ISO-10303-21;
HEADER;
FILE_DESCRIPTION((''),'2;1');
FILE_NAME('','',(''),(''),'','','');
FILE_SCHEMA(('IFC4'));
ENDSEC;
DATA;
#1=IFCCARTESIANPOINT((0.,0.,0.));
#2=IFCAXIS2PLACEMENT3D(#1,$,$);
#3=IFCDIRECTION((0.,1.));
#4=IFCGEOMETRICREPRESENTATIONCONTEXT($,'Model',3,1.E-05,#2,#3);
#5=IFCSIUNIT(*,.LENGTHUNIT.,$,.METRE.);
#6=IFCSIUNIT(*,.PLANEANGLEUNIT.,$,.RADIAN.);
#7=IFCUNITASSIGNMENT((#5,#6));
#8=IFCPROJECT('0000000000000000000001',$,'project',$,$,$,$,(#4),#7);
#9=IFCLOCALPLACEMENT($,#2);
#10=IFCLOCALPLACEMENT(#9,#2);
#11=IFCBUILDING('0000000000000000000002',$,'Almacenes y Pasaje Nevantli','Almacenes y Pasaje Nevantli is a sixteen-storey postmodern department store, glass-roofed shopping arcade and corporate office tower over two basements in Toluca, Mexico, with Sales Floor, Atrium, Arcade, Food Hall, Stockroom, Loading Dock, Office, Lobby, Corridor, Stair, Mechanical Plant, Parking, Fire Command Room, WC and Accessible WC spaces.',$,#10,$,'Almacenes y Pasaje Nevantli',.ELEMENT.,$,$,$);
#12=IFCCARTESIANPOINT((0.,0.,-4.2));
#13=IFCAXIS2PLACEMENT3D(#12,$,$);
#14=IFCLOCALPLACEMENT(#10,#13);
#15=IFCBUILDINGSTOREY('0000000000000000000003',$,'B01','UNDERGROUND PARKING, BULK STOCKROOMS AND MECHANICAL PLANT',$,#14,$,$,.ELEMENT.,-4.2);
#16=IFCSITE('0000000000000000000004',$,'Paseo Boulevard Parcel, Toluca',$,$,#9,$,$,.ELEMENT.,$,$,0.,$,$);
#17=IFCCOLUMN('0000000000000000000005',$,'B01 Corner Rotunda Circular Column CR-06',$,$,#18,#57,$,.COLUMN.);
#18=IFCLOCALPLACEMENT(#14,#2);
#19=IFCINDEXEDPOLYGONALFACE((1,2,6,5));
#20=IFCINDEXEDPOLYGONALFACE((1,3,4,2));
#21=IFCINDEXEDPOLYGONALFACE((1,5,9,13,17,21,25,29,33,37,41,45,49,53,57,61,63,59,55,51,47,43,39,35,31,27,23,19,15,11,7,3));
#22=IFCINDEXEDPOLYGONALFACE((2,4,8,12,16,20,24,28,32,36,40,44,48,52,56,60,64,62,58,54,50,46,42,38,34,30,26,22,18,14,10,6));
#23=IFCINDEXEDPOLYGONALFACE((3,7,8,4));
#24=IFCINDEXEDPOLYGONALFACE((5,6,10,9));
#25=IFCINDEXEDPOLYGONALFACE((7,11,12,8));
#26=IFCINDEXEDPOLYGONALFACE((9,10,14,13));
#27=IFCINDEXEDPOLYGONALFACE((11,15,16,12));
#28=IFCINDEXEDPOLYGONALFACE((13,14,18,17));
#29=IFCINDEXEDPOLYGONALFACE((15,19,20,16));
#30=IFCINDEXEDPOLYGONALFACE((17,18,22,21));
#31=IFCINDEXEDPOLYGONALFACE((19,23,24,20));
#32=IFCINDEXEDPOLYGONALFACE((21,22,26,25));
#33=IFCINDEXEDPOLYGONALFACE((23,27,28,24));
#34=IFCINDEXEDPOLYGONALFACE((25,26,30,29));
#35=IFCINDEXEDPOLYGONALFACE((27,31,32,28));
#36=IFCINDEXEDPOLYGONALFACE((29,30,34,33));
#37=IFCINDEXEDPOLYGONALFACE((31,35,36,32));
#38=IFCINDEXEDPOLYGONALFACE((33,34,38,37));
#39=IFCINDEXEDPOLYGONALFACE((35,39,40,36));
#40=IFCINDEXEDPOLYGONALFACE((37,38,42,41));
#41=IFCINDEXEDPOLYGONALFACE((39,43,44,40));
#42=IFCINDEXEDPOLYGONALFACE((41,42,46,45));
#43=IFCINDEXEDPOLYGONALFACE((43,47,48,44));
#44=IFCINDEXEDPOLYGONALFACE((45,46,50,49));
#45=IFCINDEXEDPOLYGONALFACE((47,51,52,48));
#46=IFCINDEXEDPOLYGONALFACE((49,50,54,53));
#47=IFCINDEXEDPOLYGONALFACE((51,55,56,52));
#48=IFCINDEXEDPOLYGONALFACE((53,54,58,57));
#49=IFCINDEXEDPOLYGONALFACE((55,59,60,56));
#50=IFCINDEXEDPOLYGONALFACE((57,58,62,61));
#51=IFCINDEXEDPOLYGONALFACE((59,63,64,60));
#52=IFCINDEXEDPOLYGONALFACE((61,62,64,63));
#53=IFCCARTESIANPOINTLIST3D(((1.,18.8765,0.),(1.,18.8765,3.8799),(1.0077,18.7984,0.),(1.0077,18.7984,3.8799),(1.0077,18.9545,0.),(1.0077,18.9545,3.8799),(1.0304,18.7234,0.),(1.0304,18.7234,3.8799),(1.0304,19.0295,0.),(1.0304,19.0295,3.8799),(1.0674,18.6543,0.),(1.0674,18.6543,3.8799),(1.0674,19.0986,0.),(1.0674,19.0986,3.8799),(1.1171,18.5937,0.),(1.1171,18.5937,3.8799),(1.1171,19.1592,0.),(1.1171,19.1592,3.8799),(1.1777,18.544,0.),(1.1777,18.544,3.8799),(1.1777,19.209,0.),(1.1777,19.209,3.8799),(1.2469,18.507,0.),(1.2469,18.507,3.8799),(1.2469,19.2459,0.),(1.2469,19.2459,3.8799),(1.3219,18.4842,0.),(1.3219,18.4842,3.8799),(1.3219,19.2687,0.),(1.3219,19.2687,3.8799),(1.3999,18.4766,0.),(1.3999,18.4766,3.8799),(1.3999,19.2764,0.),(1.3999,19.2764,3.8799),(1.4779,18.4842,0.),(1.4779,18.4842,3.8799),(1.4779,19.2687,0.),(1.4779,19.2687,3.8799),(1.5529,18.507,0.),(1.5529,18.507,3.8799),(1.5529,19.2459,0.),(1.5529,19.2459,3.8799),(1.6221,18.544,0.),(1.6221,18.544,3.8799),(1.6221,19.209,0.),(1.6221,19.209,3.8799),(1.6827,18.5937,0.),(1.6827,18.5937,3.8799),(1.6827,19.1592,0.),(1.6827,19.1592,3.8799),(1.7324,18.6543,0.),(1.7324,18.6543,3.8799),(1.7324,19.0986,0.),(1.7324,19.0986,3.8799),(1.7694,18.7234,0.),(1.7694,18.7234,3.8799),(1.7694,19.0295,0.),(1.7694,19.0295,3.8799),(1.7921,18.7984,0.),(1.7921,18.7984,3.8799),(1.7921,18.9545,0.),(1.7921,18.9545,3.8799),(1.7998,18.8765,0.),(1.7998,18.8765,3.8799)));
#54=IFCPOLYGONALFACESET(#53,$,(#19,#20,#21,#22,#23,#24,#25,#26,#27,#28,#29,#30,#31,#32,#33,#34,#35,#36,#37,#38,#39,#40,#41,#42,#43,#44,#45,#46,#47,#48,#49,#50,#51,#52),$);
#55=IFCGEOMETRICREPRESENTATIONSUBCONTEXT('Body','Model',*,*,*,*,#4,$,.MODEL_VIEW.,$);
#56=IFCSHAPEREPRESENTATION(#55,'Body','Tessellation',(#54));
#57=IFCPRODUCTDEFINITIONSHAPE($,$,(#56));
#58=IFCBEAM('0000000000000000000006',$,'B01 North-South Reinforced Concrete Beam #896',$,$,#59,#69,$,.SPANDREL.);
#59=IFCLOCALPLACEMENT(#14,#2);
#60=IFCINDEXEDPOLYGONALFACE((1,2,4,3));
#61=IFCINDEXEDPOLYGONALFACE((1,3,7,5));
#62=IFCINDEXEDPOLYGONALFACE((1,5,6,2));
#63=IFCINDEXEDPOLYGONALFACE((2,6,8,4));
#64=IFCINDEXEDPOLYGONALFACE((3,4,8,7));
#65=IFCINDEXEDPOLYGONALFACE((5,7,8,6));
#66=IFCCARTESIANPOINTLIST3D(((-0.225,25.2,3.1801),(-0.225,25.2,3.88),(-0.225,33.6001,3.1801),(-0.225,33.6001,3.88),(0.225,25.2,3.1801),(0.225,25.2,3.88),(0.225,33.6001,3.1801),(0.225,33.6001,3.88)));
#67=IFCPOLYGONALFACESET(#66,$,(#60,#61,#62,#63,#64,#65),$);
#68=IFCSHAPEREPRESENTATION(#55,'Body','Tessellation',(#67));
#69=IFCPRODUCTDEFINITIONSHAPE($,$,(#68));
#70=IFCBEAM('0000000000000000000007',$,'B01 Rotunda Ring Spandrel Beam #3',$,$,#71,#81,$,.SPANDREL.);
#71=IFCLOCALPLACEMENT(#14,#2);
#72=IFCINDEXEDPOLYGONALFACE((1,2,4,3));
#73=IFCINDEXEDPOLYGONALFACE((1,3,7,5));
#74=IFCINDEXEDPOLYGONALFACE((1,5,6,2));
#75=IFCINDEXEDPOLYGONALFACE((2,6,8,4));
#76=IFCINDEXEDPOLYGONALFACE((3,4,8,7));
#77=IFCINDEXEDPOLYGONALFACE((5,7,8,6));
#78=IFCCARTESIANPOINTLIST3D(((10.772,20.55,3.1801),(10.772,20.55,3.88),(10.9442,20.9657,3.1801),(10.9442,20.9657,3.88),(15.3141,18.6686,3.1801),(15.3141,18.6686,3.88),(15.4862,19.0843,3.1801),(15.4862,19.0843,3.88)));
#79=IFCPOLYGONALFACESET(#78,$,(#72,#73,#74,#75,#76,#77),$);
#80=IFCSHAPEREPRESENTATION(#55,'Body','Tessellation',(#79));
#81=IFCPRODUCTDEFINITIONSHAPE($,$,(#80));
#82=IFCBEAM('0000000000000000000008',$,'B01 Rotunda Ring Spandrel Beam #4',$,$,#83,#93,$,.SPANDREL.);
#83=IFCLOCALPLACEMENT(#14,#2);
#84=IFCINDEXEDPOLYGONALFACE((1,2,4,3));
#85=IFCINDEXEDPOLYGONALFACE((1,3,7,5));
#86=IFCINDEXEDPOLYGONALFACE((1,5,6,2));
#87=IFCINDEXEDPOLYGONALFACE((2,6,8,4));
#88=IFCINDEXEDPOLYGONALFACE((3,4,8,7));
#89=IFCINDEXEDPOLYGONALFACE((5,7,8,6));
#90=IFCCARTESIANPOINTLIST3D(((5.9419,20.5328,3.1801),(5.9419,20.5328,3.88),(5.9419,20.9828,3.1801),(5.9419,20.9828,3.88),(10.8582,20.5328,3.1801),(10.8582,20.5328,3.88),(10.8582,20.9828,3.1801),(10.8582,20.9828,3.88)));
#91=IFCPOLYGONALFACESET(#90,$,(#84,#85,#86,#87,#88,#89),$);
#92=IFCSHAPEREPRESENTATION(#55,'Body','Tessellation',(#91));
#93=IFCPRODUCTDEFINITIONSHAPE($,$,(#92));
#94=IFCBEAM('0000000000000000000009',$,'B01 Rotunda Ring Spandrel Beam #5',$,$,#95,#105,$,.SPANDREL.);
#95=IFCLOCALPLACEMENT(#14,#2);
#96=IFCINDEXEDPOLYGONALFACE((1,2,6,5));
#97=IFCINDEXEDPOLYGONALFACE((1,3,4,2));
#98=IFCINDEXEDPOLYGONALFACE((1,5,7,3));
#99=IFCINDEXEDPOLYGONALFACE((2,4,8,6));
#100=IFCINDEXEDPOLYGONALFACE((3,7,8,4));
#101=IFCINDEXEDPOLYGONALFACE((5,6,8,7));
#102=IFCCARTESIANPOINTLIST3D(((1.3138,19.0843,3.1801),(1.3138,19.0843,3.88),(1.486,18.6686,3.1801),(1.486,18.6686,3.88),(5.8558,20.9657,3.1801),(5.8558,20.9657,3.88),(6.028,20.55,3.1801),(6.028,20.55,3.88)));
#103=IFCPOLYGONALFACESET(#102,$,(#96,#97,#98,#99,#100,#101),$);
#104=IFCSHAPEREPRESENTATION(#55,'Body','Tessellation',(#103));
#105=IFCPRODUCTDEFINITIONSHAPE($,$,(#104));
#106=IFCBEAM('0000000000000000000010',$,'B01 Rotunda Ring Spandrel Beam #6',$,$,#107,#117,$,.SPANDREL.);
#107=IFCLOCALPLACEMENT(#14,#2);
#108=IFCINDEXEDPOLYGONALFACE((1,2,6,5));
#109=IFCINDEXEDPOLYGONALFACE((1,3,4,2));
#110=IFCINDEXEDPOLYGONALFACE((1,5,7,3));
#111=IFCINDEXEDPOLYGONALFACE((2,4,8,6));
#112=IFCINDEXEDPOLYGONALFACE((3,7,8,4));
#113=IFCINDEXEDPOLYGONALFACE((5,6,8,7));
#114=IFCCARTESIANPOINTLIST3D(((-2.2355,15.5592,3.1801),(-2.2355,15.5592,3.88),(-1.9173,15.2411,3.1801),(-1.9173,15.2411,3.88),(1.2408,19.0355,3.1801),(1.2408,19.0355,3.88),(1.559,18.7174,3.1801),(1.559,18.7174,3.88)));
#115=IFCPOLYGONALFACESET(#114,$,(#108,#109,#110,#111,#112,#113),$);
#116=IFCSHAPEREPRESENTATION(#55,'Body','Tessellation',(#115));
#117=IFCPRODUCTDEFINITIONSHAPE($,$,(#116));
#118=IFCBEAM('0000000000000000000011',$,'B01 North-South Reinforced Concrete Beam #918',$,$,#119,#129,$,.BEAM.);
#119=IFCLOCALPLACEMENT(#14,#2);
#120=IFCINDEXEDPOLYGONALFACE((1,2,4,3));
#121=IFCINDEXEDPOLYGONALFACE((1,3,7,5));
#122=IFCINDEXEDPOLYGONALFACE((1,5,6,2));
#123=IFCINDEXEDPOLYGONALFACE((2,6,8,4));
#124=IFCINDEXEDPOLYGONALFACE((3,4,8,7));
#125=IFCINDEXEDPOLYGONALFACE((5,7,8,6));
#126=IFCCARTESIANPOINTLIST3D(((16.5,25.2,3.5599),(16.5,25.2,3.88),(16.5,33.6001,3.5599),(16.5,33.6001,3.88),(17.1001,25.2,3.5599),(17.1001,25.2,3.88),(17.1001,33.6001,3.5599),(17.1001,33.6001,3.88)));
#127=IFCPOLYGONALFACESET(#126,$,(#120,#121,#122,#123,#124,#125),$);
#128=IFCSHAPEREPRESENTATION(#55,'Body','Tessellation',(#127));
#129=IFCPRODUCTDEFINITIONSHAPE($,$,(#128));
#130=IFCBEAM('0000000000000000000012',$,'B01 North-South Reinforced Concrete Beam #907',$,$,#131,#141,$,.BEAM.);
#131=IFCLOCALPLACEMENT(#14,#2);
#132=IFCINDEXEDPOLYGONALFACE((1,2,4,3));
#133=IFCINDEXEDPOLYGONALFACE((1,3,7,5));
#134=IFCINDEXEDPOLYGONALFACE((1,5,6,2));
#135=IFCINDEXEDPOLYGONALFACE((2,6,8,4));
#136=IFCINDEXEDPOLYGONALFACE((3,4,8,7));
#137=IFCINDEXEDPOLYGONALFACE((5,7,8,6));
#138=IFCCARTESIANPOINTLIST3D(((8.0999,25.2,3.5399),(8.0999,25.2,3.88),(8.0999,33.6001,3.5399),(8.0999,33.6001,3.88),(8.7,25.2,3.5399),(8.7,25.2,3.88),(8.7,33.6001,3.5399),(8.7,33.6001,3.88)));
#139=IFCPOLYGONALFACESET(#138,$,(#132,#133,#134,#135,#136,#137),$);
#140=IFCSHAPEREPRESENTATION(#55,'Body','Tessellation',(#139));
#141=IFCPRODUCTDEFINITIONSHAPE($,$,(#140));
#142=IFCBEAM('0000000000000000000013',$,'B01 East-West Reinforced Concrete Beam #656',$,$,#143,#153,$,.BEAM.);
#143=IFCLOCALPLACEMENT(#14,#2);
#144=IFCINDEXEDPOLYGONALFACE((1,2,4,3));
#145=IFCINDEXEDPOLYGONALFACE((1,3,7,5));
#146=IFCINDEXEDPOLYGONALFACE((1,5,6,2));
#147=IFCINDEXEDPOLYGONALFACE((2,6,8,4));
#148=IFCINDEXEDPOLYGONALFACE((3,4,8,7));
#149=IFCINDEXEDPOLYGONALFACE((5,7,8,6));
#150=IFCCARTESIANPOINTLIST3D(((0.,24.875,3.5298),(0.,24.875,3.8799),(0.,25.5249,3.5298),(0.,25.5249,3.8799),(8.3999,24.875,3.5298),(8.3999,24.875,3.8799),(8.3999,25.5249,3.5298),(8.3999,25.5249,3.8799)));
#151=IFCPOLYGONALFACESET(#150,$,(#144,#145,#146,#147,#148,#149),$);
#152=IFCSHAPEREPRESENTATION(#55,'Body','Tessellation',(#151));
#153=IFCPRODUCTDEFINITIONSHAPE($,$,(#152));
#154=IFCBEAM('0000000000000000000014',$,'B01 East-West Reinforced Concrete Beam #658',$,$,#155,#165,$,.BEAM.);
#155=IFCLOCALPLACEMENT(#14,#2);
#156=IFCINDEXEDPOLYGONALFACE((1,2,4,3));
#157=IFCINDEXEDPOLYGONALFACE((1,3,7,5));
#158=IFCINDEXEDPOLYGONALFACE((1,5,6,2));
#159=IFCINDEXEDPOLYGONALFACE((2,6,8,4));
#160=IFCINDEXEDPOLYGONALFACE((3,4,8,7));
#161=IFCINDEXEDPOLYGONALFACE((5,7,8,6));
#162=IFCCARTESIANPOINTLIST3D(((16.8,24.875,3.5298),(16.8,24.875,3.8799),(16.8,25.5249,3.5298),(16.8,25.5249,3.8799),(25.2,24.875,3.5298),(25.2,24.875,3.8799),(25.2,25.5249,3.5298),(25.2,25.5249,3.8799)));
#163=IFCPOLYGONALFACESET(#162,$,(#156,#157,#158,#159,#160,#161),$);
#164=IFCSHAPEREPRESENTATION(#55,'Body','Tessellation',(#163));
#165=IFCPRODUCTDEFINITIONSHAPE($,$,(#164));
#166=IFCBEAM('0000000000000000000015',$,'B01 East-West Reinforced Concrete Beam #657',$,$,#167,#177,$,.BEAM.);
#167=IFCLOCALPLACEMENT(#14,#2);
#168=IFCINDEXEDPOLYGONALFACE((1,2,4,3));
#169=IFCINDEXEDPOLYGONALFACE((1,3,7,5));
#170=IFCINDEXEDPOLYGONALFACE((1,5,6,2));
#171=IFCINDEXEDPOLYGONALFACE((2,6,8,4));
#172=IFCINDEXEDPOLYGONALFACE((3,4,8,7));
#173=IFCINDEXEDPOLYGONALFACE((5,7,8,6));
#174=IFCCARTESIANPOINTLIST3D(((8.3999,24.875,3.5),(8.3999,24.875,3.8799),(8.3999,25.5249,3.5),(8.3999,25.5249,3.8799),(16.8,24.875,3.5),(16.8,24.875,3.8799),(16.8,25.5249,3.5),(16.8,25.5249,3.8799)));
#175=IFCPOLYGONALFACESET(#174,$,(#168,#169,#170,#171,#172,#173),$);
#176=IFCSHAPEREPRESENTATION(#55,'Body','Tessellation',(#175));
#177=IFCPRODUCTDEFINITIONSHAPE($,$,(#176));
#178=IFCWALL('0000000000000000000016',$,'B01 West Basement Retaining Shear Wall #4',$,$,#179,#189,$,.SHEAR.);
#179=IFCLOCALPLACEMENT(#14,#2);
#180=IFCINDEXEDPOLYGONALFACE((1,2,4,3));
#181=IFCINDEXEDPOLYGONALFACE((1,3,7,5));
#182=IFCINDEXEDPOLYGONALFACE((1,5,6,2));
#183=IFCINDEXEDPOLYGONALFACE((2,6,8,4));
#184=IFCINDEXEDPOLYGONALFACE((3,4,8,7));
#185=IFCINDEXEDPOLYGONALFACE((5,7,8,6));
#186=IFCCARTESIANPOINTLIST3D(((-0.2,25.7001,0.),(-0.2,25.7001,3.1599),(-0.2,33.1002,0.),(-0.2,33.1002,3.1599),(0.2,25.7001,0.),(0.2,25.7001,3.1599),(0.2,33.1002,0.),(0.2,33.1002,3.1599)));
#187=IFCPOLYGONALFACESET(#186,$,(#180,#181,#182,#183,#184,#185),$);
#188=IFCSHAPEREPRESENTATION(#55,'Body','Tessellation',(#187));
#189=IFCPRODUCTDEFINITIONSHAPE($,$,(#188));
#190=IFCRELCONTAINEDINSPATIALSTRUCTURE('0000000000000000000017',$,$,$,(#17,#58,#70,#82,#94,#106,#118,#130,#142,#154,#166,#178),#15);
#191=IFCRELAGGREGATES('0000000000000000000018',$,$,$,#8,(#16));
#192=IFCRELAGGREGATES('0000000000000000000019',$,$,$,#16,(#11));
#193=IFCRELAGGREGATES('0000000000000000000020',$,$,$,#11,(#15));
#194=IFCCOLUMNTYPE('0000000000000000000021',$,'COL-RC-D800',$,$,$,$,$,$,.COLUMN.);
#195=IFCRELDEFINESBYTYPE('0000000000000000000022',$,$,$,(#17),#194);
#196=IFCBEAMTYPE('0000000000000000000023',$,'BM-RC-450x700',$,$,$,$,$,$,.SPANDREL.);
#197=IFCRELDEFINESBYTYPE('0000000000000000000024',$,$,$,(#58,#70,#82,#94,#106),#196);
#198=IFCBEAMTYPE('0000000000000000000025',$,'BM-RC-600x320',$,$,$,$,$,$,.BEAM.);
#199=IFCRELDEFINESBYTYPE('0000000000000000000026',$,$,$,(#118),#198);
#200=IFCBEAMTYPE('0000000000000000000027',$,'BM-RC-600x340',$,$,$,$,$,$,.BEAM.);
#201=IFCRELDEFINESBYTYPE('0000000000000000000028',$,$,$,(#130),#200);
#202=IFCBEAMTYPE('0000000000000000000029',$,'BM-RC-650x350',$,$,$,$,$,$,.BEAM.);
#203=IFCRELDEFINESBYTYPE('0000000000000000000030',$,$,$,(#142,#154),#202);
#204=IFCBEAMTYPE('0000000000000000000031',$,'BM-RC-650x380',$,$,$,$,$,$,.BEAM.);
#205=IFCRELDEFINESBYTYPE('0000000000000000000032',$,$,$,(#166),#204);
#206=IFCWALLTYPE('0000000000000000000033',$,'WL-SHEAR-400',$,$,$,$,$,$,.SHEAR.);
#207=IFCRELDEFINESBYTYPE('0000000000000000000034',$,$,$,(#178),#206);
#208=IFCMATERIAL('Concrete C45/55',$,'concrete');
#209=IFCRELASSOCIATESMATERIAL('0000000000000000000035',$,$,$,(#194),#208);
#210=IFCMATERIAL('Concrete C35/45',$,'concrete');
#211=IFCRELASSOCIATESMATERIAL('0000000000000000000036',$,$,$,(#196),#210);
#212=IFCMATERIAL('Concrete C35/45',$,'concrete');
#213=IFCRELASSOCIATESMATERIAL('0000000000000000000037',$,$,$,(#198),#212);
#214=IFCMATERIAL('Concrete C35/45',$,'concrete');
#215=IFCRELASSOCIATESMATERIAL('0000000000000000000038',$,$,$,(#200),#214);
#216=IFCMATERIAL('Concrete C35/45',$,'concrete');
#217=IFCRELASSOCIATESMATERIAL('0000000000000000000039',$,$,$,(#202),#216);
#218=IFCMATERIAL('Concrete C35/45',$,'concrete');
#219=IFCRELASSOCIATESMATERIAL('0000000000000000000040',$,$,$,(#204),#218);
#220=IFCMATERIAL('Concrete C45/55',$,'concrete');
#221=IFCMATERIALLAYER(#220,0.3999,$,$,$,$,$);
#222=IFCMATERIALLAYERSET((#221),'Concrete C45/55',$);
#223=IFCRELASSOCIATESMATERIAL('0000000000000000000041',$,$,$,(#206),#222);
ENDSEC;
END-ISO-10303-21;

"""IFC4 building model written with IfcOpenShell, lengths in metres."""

from ifc_helpers import new_model, si_unit, direction, frame, frame_2d, origin, origin_2d, place, context, subcontext, project, spatial, rectangle, circle, extrude, material, layer, layer_set, material_profile, profile_set, type_object, element, save


model = new_model("IFC4")

# Units and contexts
model_context = context("Model", 3, precision=1e-05, world=origin(), true_north=direction((0.0, 1.0)))
body_context = subcontext(model_context, "Body", "Model", "MODEL_VIEW")
ifc_project = project(units=[si_unit("LENGTHUNIT", "METRE"), si_unit("PLANEANGLEUNIT", "RADIAN")], contexts=[model_context])

# Site, building, storey
site_placement = place(None, origin())
site = spatial("IfcSite", under=ifc_project, at=site_placement, Name="Paseo Boulevard Parcel, Toluca", CompositionType="ELEMENT", RefElevation=0.0)
building_placement = place(site_placement, origin())
building = spatial("IfcBuilding", under=site, at=building_placement, Name="Almacenes y Pasaje Nevantli", Description="Almacenes y Pasaje Nevantli is a sixteen-storey postmodern department store, glass-roofed shopping arcade and corporate office tower over two basements in Toluca, Mexico, with Sales Floor, Atrium, Arcade, Food Hall, Stockroom, Loading Dock, Office, Lobby, Corridor, Stair, Mechanical Plant, Parking, Fire Command Room, WC and Accessible WC spaces.", LongName="Almacenes y Pasaje Nevantli", CompositionType="ELEMENT")
storey_placement = place(building_placement, frame((0.0, 0.0, -4.2)))
storey = spatial("IfcBuildingStorey", under=building, at=storey_placement, Name="B01", Description="UNDERGROUND PARKING, BULK STOCKROOMS AND MECHANICAL PLANT", CompositionType="ELEMENT", Elevation=-4.2)

# Column
ifc_material_1 = material(Name="Concrete C45/55", Category="concrete")
ifc_material_profile_1 = material_profile(ifc_material_1, circle(Radius=0.3999, at=origin_2d()), Name="RC-COL-D800")
ifc_profile_set_1 = profile_set([ifc_material_profile_1], Name="Concrete C45/55")
column_type_1 = type_object("IfcColumnType", Name="COL-RC-D800", PredefinedType="COLUMN", material=ifc_profile_set_1)
for number, where, z_axis, x_axis, name in (
    (1, (1.3999, 18.8765, 0.0), (0.0, 0.0, 1.0), (1.0, 0.0, 0.0), "B01 Corner Rotunda Circular Column CR-06"),
):
    element("IfcColumn", number, at=place(storey_placement, frame(where, z_axis=z_axis, x_axis=x_axis)), inside=storey, type_object=column_type_1, Name=name, PredefinedType="COLUMN", context=body_context, shape_type="SweptSolid", body=[
        extrude(circle(Radius=0.3999, at=origin_2d()), origin(), (0.0, 0.0, 1.0), 3.8799),
    ])

# Beams
ifc_material_2 = material(Name="Concrete C35/45", Category="concrete")
ifc_material_profile_2 = material_profile(ifc_material_2, rectangle(XDim=0.45, YDim=0.7, at=origin_2d()), Name="RC-BM-450x700")
ifc_profile_set_2 = profile_set([ifc_material_profile_2], Name="Concrete C35/45")
beam_type_1 = type_object("IfcBeamType", Name="BM-RC-450x700", PredefinedType="SPANDREL", material=ifc_profile_set_2)
beam_1_placement = place(storey_placement, frame((0.0, 25.2, 3.53), z_axis=(0.0, 1.0, 0.0), x_axis=(-1.0, 0.0, 0.0)))
element("IfcBeam", 2, at=beam_1_placement, inside=storey, type_object=beam_type_1, Name="B01 North-South Reinforced Concrete Beam #896", PredefinedType="SPANDREL", context=body_context, shape_type="SweptSolid", body=[
    extrude(rectangle(XDim=0.45, YDim=0.7, at=origin_2d()), origin(), (0.0, 0.0, 1.0), 8.4001),
])
for number, where, z_axis, x_axis, name in (
    (3, (15.4001, 18.8765, 3.53), (-0.92388, 0.382682, 0.0), (-0.382682, -0.92388, 0.0), "B01 Rotunda Ring Spandrel Beam #3"),
    (4, (10.8582, 20.7578, 3.53), (-1.0, 0.0, 0.0), (0.0, -1.0, 0.0), "B01 Rotunda Ring Spandrel Beam #4"),
    (5, (5.9419, 20.7578, 3.53), (-0.92388, -0.382682, 0.0), (0.382682, -0.92388, 0.0), "B01 Rotunda Ring Spandrel Beam #5"),
    (6, (1.3999, 18.8765, 3.53), (-0.707107, -0.707107, 0.0), (0.707107, -0.707107, 0.0), "B01 Rotunda Ring Spandrel Beam #6"),
):
    element("IfcBeam", number, at=place(storey_placement, frame(where, z_axis=z_axis, x_axis=x_axis)), inside=storey, type_object=beam_type_1, Name=name, PredefinedType="SPANDREL", context=body_context, shape_type="SweptSolid", body=[
        extrude(rectangle(XDim=0.45, YDim=0.7, at=origin_2d()), origin(), (0.0, 0.0, 1.0), 4.9163),
    ])
ifc_material_3 = material(Name="Concrete C35/45", Category="concrete")
ifc_material_profile_3 = material_profile(ifc_material_3, rectangle(XDim=0.6001, YDim=0.3201, at=origin_2d()), Name="RC-BM-600x320")
ifc_profile_set_3 = profile_set([ifc_material_profile_3], Name="Concrete C35/45")
beam_type_2 = type_object("IfcBeamType", Name="BM-RC-600x320", PredefinedType="BEAM", material=ifc_profile_set_3)
beam_2_placement = place(storey_placement, frame((16.8, 25.2, 3.72), z_axis=(0.0, 1.0, 0.0), x_axis=(-1.0, 0.0, 0.0)))
element("IfcBeam", 7, at=beam_2_placement, inside=storey, type_object=beam_type_2, Name="B01 North-South Reinforced Concrete Beam #918", PredefinedType="BEAM", context=body_context, shape_type="SweptSolid", body=[
    extrude(rectangle(XDim=0.6001, YDim=0.3201, at=origin_2d()), origin(), (0.0, 0.0, 1.0), 8.4001),
])
ifc_material_4 = material(Name="Concrete C35/45", Category="concrete")
ifc_material_profile_4 = material_profile(ifc_material_4, rectangle(XDim=0.6001, YDim=0.3401, at=origin_2d()), Name="RC-BM-600x340")
ifc_profile_set_4 = profile_set([ifc_material_profile_4], Name="Concrete C35/45")
beam_type_3 = type_object("IfcBeamType", Name="BM-RC-600x340", PredefinedType="BEAM", material=ifc_profile_set_4)
beam_3_placement = place(storey_placement, frame((8.3999, 25.2, 3.71), z_axis=(0.0, 1.0, 0.0), x_axis=(-1.0, 0.0, 0.0)))
element("IfcBeam", 8, at=beam_3_placement, inside=storey, type_object=beam_type_3, Name="B01 North-South Reinforced Concrete Beam #907", PredefinedType="BEAM", context=body_context, shape_type="SweptSolid", body=[
    extrude(rectangle(XDim=0.6001, YDim=0.3401, at=origin_2d()), origin(), (0.0, 0.0, 1.0), 8.4001),
])
ifc_material_5 = material(Name="Concrete C35/45", Category="concrete")
ifc_material_profile_5 = material_profile(ifc_material_5, rectangle(XDim=0.6499, YDim=0.3501, at=origin_2d()), Name="RC-BM-650x350")
ifc_profile_set_5 = profile_set([ifc_material_profile_5], Name="Concrete C35/45")
beam_type_4 = type_object("IfcBeamType", Name="BM-RC-650x350", PredefinedType="BEAM", material=ifc_profile_set_5)
for number, where, z_axis, x_axis, name in (
    (9, (0.0, 25.2, 3.7048), (1.0, 0.0, 0.0), (0.0, 1.0, 0.0), "B01 East-West Reinforced Concrete Beam #656"),
    (10, (16.8, 25.2, 3.7048), (1.0, 0.0, 0.0), (0.0, 1.0, 0.0), "B01 East-West Reinforced Concrete Beam #658"),
):
    element("IfcBeam", number, at=place(storey_placement, frame(where, z_axis=z_axis, x_axis=x_axis)), inside=storey, type_object=beam_type_4, Name=name, PredefinedType="BEAM", context=body_context, shape_type="SweptSolid", body=[
        extrude(rectangle(XDim=0.6499, YDim=0.3501, at=origin_2d()), origin(), (0.0, 0.0, 1.0), 8.3999),
    ])
ifc_material_6 = material(Name="Concrete C35/45", Category="concrete")
ifc_material_profile_6 = material_profile(ifc_material_6, rectangle(XDim=0.6499, YDim=0.3799, at=origin_2d()), Name="RC-BM-650x380")
ifc_profile_set_6 = profile_set([ifc_material_profile_6], Name="Concrete C35/45")
beam_type_5 = type_object("IfcBeamType", Name="BM-RC-650x380", PredefinedType="BEAM", material=ifc_profile_set_6)
beam_4_placement = place(storey_placement, frame((8.3999, 25.2, 3.6899), z_axis=(1.0, 0.0, 0.0), x_axis=(0.0, 1.0, 0.0)))
element("IfcBeam", 11, at=beam_4_placement, inside=storey, type_object=beam_type_5, Name="B01 East-West Reinforced Concrete Beam #657", PredefinedType="BEAM", context=body_context, shape_type="SweptSolid", body=[
    extrude(rectangle(XDim=0.6499, YDim=0.3799, at=origin_2d()), origin(), (0.0, 0.0, 1.0), 8.4001),
])

# Wall
ifc_material_7 = material(Name="Concrete C45/55", Category="concrete")
ifc_layer_1 = layer(ifc_material_7, 0.3999)
ifc_layer_set_1 = layer_set([ifc_layer_1], Name="Concrete C45/55")
wall_type = type_object("IfcWallType", Name="WL-SHEAR-400", PredefinedType="SHEAR", material=ifc_layer_set_1)
wall_1_placement = place(storey_placement, frame((0.0, 25.7, 0.0), z_axis=(0.0, 0.0, 1.0), x_axis=(0.0, 1.0, 0.0)))
element("IfcWall", 12, at=wall_1_placement, inside=storey, type_object=wall_type, Name="B01 West Basement Retaining Shear Wall #4", PredefinedType="SHEAR", context=body_context, shape_type="SweptSolid", body=[
    extrude(rectangle(XDim=7.4001, YDim=0.3999, at=frame_2d((3.7002, 0.0))), origin(), (0.0, 0.0, 1.0), 3.1599),
])

save(model, "model.ifc")
